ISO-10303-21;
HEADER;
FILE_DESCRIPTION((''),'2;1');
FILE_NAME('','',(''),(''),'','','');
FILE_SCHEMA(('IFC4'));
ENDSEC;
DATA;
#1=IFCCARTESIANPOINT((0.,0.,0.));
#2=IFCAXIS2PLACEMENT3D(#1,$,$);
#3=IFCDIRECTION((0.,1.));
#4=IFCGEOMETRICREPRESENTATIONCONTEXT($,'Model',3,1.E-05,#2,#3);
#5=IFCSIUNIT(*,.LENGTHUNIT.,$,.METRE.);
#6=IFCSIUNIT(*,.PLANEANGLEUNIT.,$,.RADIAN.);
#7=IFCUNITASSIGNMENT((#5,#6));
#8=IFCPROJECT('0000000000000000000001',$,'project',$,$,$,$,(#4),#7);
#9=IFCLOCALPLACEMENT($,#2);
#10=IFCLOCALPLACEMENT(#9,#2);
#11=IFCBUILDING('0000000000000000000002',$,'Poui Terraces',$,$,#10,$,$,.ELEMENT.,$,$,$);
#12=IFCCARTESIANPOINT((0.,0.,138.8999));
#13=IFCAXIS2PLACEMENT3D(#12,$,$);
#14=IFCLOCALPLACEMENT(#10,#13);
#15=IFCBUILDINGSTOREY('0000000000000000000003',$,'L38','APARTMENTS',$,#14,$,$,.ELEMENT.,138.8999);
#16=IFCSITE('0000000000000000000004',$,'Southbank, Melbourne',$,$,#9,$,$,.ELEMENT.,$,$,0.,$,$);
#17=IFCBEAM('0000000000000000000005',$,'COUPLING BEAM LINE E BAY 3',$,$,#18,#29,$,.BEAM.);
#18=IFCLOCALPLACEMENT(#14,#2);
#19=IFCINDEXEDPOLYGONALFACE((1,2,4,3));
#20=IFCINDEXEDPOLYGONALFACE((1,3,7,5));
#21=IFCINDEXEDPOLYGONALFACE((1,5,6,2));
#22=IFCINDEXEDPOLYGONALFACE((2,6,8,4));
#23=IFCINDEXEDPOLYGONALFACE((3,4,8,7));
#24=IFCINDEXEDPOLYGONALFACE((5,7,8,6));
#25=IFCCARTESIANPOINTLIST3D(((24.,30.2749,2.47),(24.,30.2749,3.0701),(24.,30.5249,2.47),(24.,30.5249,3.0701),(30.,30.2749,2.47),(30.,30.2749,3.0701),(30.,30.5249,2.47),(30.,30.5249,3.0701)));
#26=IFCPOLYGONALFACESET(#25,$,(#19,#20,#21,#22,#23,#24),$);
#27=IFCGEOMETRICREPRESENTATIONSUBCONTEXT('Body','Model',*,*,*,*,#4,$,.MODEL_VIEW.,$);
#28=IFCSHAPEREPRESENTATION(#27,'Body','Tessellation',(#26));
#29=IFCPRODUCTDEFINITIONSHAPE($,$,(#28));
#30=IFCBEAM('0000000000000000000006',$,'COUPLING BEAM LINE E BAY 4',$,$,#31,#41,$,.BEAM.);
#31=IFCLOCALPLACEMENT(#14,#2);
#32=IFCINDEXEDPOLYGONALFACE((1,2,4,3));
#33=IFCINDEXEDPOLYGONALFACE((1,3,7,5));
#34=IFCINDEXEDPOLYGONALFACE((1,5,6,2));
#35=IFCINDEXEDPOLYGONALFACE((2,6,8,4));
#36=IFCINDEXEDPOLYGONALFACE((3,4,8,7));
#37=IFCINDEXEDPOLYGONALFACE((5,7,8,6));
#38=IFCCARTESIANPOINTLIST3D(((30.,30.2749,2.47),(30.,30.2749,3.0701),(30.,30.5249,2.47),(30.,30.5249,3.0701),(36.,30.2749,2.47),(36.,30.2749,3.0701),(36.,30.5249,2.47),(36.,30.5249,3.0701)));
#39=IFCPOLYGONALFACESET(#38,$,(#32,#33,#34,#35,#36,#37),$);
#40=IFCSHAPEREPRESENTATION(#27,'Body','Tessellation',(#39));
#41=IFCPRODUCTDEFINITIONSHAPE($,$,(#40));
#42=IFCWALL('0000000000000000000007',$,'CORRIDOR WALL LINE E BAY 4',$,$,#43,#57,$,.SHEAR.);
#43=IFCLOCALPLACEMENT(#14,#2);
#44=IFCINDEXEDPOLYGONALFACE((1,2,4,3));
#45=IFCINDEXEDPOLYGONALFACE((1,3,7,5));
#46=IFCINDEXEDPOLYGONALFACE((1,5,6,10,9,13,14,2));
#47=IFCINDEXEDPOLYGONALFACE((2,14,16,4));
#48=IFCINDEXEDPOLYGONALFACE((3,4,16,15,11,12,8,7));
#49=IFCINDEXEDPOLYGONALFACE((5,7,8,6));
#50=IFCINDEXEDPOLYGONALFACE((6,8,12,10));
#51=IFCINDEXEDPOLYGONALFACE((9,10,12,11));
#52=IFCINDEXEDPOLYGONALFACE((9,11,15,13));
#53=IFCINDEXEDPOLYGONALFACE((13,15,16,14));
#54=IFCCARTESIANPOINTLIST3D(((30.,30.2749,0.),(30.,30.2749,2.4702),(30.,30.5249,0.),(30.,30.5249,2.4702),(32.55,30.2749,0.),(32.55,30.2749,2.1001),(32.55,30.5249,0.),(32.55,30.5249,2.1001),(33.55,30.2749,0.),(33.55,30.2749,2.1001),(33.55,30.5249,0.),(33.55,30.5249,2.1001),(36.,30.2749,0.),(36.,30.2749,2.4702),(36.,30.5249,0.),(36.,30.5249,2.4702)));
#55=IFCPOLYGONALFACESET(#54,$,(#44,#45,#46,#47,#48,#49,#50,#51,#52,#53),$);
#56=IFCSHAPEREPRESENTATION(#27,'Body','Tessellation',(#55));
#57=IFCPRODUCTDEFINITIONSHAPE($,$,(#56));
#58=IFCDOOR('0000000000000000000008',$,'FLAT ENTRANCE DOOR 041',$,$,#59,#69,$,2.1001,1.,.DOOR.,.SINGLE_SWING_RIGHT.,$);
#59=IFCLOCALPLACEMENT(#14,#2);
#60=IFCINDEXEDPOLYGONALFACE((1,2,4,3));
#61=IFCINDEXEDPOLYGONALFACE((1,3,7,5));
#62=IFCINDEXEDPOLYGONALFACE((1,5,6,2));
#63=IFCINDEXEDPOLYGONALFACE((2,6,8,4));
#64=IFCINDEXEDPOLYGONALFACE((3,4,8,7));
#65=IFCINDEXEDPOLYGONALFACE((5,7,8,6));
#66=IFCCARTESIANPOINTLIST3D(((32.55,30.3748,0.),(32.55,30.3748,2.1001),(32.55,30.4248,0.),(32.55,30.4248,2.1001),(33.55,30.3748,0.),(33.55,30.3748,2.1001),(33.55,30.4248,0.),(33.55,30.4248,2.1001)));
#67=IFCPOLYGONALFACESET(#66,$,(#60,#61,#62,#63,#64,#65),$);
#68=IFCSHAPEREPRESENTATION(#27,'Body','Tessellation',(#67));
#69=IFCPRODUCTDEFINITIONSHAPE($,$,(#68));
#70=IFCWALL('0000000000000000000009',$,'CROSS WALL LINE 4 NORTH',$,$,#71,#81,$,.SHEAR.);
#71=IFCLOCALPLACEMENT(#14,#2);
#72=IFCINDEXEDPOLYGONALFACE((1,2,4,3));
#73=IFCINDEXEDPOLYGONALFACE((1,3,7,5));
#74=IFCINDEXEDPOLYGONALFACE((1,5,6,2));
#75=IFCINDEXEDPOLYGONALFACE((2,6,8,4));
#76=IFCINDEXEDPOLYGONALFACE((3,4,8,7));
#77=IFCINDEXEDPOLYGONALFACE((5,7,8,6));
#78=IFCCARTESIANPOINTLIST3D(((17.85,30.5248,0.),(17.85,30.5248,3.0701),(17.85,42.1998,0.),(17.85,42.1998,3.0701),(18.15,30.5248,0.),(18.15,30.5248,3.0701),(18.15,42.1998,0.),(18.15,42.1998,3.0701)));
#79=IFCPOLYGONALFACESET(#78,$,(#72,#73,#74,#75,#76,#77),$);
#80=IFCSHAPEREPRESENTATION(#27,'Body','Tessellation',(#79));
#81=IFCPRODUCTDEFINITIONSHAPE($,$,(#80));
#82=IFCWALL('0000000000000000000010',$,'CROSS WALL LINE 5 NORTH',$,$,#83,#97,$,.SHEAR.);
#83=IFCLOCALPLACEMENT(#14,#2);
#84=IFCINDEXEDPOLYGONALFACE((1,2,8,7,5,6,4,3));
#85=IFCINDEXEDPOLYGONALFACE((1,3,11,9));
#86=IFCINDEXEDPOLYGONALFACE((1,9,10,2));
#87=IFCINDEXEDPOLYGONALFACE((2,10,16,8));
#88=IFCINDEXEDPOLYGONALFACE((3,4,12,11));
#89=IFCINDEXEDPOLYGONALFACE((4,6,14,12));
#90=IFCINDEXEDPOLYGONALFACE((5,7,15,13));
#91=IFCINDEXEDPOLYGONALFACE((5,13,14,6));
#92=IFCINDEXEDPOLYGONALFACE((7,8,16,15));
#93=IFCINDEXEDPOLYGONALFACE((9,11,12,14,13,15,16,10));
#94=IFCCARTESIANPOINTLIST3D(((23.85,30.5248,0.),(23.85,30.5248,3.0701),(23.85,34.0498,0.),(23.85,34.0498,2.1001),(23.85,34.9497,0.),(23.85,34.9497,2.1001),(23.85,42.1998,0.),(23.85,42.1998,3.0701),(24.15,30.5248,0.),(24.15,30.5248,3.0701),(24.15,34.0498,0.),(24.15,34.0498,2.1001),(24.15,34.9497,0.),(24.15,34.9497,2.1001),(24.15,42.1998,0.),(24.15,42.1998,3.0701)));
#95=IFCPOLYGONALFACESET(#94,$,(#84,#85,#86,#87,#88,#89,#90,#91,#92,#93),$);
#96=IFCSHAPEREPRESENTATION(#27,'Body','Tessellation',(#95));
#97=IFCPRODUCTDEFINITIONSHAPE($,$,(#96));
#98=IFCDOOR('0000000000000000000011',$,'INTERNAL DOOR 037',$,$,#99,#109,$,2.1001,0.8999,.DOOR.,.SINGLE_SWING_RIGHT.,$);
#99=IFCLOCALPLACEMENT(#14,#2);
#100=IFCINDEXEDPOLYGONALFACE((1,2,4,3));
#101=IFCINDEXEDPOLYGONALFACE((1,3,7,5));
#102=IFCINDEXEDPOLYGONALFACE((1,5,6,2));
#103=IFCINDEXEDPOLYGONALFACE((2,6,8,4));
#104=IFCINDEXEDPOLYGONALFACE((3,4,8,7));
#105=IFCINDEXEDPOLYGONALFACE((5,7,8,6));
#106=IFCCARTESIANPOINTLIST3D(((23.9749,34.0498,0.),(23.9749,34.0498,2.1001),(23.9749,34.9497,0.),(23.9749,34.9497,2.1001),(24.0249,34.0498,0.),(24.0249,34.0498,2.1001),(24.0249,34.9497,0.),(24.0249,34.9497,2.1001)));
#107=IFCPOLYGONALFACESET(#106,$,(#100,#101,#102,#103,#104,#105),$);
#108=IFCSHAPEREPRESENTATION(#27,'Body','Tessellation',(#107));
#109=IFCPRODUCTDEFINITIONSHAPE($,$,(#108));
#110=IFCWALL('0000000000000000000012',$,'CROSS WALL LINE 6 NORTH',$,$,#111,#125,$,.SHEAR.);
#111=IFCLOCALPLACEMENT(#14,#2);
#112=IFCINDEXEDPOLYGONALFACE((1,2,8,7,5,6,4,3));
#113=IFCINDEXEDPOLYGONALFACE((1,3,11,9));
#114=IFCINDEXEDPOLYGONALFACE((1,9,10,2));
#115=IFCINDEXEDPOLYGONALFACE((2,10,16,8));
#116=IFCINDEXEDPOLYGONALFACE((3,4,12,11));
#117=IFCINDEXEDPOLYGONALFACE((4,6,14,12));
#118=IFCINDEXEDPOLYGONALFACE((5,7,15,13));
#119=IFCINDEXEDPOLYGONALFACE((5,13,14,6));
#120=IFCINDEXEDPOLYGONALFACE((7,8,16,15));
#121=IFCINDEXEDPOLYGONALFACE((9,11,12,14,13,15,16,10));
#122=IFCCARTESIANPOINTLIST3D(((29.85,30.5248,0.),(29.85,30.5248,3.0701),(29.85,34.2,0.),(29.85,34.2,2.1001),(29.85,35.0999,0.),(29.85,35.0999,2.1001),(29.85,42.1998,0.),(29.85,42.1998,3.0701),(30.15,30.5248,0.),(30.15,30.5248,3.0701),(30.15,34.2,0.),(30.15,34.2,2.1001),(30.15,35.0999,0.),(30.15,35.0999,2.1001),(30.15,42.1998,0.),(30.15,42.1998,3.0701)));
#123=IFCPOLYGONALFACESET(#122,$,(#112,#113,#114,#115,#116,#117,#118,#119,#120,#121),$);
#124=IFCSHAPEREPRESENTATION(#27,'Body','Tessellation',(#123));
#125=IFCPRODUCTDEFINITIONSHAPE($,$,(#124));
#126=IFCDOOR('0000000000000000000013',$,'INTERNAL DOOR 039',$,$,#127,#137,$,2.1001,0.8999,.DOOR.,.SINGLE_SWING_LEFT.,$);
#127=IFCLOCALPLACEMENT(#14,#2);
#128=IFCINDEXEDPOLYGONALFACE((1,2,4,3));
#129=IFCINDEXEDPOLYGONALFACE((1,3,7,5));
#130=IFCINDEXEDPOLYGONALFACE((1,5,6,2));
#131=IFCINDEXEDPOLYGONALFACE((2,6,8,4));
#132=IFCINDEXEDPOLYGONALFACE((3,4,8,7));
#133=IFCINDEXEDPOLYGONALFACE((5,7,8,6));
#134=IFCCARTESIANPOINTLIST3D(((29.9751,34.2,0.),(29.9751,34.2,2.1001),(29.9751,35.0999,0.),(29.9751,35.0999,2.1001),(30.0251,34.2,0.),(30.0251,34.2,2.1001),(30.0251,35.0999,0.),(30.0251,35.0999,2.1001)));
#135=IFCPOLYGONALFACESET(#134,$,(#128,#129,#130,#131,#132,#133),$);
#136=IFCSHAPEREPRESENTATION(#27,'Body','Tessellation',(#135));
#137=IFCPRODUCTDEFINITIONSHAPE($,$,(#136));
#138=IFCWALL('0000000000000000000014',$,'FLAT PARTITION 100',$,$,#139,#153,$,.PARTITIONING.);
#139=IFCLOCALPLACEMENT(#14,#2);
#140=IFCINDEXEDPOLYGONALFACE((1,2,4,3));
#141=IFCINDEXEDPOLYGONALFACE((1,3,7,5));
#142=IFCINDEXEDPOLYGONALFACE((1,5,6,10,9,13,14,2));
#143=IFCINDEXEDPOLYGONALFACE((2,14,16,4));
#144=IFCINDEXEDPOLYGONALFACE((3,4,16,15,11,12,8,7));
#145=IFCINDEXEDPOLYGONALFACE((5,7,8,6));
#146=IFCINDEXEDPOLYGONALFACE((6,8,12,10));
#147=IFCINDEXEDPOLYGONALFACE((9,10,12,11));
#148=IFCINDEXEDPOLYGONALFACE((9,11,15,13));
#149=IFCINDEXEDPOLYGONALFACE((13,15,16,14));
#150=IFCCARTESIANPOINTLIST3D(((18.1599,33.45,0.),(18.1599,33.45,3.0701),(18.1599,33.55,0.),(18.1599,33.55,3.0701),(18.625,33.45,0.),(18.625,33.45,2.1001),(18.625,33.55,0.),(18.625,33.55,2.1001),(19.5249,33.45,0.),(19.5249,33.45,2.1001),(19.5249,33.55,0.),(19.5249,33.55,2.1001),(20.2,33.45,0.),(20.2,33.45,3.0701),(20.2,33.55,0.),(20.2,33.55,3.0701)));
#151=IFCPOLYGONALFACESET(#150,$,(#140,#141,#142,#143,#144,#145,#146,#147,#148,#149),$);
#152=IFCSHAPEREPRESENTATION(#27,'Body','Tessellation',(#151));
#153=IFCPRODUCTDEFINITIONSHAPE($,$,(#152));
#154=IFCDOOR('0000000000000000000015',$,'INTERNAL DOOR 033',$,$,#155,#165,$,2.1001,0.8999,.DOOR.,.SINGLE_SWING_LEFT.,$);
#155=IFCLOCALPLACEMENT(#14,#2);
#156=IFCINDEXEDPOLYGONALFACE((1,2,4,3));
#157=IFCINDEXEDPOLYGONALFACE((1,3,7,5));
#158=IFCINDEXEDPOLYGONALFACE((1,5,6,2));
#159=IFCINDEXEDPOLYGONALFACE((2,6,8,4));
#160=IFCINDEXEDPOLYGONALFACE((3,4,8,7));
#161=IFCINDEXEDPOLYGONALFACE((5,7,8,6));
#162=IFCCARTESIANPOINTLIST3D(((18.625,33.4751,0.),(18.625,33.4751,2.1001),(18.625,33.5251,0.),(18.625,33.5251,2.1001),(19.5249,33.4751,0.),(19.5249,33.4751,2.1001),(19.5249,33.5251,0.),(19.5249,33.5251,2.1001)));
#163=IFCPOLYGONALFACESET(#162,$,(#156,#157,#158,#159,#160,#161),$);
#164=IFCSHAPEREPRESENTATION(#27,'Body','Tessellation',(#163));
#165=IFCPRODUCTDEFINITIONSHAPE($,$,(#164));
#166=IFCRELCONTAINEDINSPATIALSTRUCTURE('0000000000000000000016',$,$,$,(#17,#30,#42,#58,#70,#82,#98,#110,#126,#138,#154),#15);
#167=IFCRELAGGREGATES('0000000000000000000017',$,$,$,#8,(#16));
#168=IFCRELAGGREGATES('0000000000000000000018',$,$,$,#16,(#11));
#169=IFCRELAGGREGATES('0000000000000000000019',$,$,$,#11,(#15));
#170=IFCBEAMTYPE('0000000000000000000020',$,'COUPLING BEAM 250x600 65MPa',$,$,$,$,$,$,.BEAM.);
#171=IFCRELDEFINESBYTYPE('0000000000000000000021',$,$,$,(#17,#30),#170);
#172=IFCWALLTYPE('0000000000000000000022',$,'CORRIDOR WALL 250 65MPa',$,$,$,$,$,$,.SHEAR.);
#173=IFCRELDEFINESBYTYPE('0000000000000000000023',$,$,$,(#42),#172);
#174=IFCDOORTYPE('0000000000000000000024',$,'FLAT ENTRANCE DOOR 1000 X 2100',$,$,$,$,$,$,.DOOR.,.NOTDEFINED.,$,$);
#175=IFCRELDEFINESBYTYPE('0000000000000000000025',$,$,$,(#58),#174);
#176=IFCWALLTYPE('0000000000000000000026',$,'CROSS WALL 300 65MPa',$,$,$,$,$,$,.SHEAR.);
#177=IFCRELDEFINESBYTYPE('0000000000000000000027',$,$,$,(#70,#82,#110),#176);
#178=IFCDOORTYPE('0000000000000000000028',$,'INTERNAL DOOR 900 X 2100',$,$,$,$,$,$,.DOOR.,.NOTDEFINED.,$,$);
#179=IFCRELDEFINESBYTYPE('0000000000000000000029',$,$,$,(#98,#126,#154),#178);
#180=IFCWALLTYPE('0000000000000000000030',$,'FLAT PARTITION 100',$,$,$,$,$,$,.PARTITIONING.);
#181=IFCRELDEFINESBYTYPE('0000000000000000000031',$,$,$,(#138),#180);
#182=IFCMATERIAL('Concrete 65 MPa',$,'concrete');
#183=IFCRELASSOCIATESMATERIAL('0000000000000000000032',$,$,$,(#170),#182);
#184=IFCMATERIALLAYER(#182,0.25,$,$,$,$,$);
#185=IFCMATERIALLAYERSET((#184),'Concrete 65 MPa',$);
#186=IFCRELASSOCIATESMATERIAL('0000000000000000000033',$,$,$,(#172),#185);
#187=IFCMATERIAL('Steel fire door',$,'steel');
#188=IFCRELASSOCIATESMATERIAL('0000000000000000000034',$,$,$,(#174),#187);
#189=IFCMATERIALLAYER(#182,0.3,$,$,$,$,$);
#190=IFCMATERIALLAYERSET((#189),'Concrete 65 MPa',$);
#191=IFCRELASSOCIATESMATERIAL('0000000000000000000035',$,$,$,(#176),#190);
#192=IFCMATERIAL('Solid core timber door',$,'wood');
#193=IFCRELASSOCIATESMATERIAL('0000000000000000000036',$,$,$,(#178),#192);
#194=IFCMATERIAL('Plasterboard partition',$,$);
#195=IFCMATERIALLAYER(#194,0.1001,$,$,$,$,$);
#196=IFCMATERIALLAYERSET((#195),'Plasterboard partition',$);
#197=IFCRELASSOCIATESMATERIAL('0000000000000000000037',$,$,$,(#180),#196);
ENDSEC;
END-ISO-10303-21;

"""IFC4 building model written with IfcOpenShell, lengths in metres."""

from ifc_helpers import new_model, si_unit, direction, frame, frame_2d, origin, origin_2d, place, context, subcontext, project, spatial, rectangle, extrude, source, transform, mapped, material, layer, layer_set, material_profile, profile_set, type_object, element, fill, save


model = new_model("IFC4")

# Units and contexts
model_context = context("Model", 3, precision=1e-05, world=origin(), true_north=direction((0.0, 1.0)))
body_context = subcontext(model_context, "Body", "Model", "MODEL_VIEW")
ifc_project = project(units=[si_unit("LENGTHUNIT", "METRE"), si_unit("PLANEANGLEUNIT", "RADIAN")], contexts=[model_context])

# Site, building, storey
site_placement = place(None, origin())
site = spatial("IfcSite", under=ifc_project, at=site_placement, Name="Southbank, Melbourne", CompositionType="ELEMENT", RefElevation=0.0)
building_placement = place(site_placement, origin())
building = spatial("IfcBuilding", under=site, at=building_placement, Name="Poui Terraces", CompositionType="ELEMENT")
storey_placement = place(building_placement, frame((0.0, 0.0, 138.8999)))
storey = spatial("IfcBuildingStorey", under=building, at=storey_placement, Name="L38", Description="APARTMENTS", CompositionType="ELEMENT", Elevation=138.8999)

# Beams
ifc_material_1 = material(Name="Concrete 65 MPa", Category="concrete")
ifc_material_profile_1 = material_profile(ifc_material_1, rectangle(XDim=0.25, YDim=0.6001, at=origin_2d()), Name="RC 250x600")
ifc_profile_set_1 = profile_set([ifc_material_profile_1], Name="Concrete 65 MPa")
beam_type = type_object("IfcBeamType", Name="COUPLING BEAM 250x600 65MPa", PredefinedType="BEAM", material=ifc_profile_set_1)
shared_shape_1 = source(origin(), body_context, "Body", "SweptSolid", [
    extrude(rectangle(XDim=0.25, YDim=0.6001, at=origin_2d()), origin(), (0.0, 0.0, 1.0), 6.0),
])
for number, where, z_axis, x_axis, name in (
    (1, (24.0, 30.3999, 2.77), (1.0, 0.0, 0.0), (0.0, 1.0, 0.0), "COUPLING BEAM LINE E BAY 3"),
    (2, (30.0, 30.3999, 2.77), (1.0, 0.0, 0.0), (0.0, 1.0, 0.0), "COUPLING BEAM LINE E BAY 4"),
):
    element("IfcBeam", number, at=place(storey_placement, frame(where, z_axis=z_axis, x_axis=x_axis)), inside=storey, type_object=beam_type, Name=name, PredefinedType="BEAM", context=body_context, shape_type="MappedRepresentation", body=[
        mapped(shared_shape_1, transform((0.0, 0.0, 0.0))),
    ])

# Wall, opening, door
ifc_layer_1 = layer(ifc_material_1, 0.25)
ifc_layer_set_1 = layer_set([ifc_layer_1], Name="Concrete 65 MPa")
wall_type_1 = type_object("IfcWallType", Name="CORRIDOR WALL 250 65MPa", PredefinedType="SHEAR", material=ifc_layer_set_1)
wall_1_placement = place(storey_placement, frame((30.0, 30.3999, 0.0), z_axis=(0.0, 0.0, 1.0), x_axis=(1.0, 0.0, 0.0)))
wall_1 = element("IfcWall", 3, at=wall_1_placement, inside=storey, type_object=wall_type_1, Name="CORRIDOR WALL LINE E BAY 4", PredefinedType="SHEAR", context=body_context, shape_type="SweptSolid", body=[
    extrude(rectangle(XDim=6.0, YDim=0.25, at=frame_2d((3.0, 0.0))), origin(), (0.0, 0.0, 1.0), 2.4702),
])
opening_1_placement = place(wall_1_placement, frame((2.55, 0.0, 0.0)))
opening_1 = element("IfcOpeningElement", 4, at=opening_1_placement, cuts=wall_1, PredefinedType="OPENING", context=body_context, shape_type="SweptSolid", body=[
    extrude(rectangle(XDim=1.0, YDim=2.1001, at=frame_2d((0.5, 1.05))), frame((0.0, 0.135, 0.0), z_axis=(0.0, -1.0, 0.0), x_axis=(1.0, 0.0, 0.0)), (0.0, 0.0, 1.0), 0.27),
])
ifc_material_2 = material(Name="Steel fire door", Category="steel")
door_type_1 = type_object("IfcDoorType", Name="FLAT ENTRANCE DOOR 1000 X 2100", OperationType="NOTDEFINED", PredefinedType="DOOR", material=ifc_material_2)
door_1_placement = place(opening_1_placement, origin())
door_1 = element("IfcDoor", 5, at=door_1_placement, inside=storey, type_object=door_type_1, Name="FLAT ENTRANCE DOOR 041", OperationType="SINGLE_SWING_RIGHT", OverallHeight=2.1001, OverallWidth=1.0, PredefinedType="DOOR", context=body_context, shape_type="SweptSolid", body=[
    extrude(rectangle(XDim=1.0, YDim=2.1001, at=frame_2d((0.5, 1.05))), frame((0.0, 0.0249, 0.0), z_axis=(0.0, -1.0, 0.0), x_axis=(1.0, 0.0, 0.0)), (0.0, 0.0, 1.0), 0.05),
])
fill(opening_1, door_1)

# Wall
ifc_layer_2 = layer(ifc_material_1, 0.3)
ifc_layer_set_2 = layer_set([ifc_layer_2], Name="Concrete 65 MPa")
wall_type_2 = type_object("IfcWallType", Name="CROSS WALL 300 65MPa", PredefinedType="SHEAR", material=ifc_layer_set_2)
wall_2_placement = place(storey_placement, frame((18.0, 30.5249, 0.0), z_axis=(0.0, 0.0, 1.0), x_axis=(0.0, 1.0, 0.0)))
element("IfcWall", 6, at=wall_2_placement, inside=storey, type_object=wall_type_2, Name="CROSS WALL LINE 4 NORTH", PredefinedType="SHEAR", context=body_context, shape_type="SweptSolid", body=[
    extrude(rectangle(XDim=11.675, YDim=0.3, at=frame_2d((5.8374, 0.0))), origin(), (0.0, 0.0, 1.0), 3.0701),
])

# Walls, openings, doors
wall_3_placement = place(storey_placement, frame((24.0, 30.5249, 0.0), z_axis=(0.0, 0.0, 1.0), x_axis=(0.0, 1.0, 0.0)))
wall_3 = element("IfcWall", 7, at=wall_3_placement, inside=storey, type_object=wall_type_2, Name="CROSS WALL LINE 5 NORTH", PredefinedType="SHEAR", context=body_context, shape_type="SweptSolid", body=[
    extrude(rectangle(XDim=11.675, YDim=0.3, at=frame_2d((5.8374, 0.0))), origin(), (0.0, 0.0, 1.0), 3.0701),
])
opening_2_placement = place(wall_3_placement, frame((3.5249, 0.0, 0.0)))
opening_2 = element("IfcOpeningElement", 8, at=opening_2_placement, cuts=wall_3, PredefinedType="OPENING", context=body_context, shape_type="SweptSolid", body=[
    extrude(rectangle(XDim=0.8999, YDim=2.1001, at=frame_2d((0.45, 1.05))), frame((0.0, 0.1602, 0.0), z_axis=(0.0, -1.0, 0.0), x_axis=(1.0, 0.0, 0.0)), (0.0, 0.0, 1.0), 0.3201),
])
ifc_material_3 = material(Name="Solid core timber door", Category="wood")
door_type_2 = type_object("IfcDoorType", Name="INTERNAL DOOR 900 X 2100", OperationType="NOTDEFINED", PredefinedType="DOOR", material=ifc_material_3)
door_2_placement = place(opening_2_placement, frame((0.8999, 0.0, 0.0), z_axis=(0.0, 0.0, 1.0), x_axis=(-1.0, 0.0, 0.0)))
door_2 = element("IfcDoor", 9, at=door_2_placement, inside=storey, type_object=door_type_2, Name="INTERNAL DOOR 037", OperationType="SINGLE_SWING_RIGHT", OverallHeight=2.1001, OverallWidth=0.8999, PredefinedType="DOOR", context=body_context, shape_type="SweptSolid", body=[
    extrude(rectangle(XDim=0.8999, YDim=2.1001, at=frame_2d((0.45, 1.05))), frame((0.0, 0.0249, 0.0), z_axis=(0.0, -1.0, 0.0), x_axis=(1.0, 0.0, 0.0)), (0.0, 0.0, 1.0), 0.05),
])
fill(opening_2, door_2)
wall_4_placement = place(storey_placement, frame((30.0, 30.5249, 0.0), z_axis=(0.0, 0.0, 1.0), x_axis=(0.0, 1.0, 0.0)))
wall_4 = element("IfcWall", 10, at=wall_4_placement, inside=storey, type_object=wall_type_2, Name="CROSS WALL LINE 6 NORTH", PredefinedType="SHEAR", context=body_context, shape_type="SweptSolid", body=[
    extrude(rectangle(XDim=11.675, YDim=0.3, at=frame_2d((5.8374, 0.0))), origin(), (0.0, 0.0, 1.0), 3.0701),
])
opening_3_placement = place(wall_4_placement, frame((3.675, 0.0, 0.0)))
opening_3 = element("IfcOpeningElement", 11, at=opening_3_placement, cuts=wall_4, PredefinedType="OPENING", context=body_context, shape_type="SweptSolid", body=[
    extrude(rectangle(XDim=0.8999, YDim=2.1001, at=frame_2d((0.45, 1.05))), frame((0.0, 0.1602, 0.0), z_axis=(0.0, -1.0, 0.0), x_axis=(1.0, 0.0, 0.0)), (0.0, 0.0, 1.0), 0.3201),
])
door_3_placement = place(opening_3_placement, origin())
door_3 = element("IfcDoor", 12, at=door_3_placement, inside=storey, type_object=door_type_2, Name="INTERNAL DOOR 039", OperationType="SINGLE_SWING_LEFT", OverallHeight=2.1001, OverallWidth=0.8999, PredefinedType="DOOR", context=body_context, shape_type="SweptSolid", body=[
    extrude(rectangle(XDim=0.8999, YDim=2.1001, at=frame_2d((0.45, 1.05))), frame((0.0, 0.0249, 0.0), z_axis=(0.0, -1.0, 0.0), x_axis=(1.0, 0.0, 0.0)), (0.0, 0.0, 1.0), 0.05),
])
fill(opening_3, door_3)
ifc_material_4 = material(Name="Plasterboard partition")
ifc_layer_3 = layer(ifc_material_4, 0.1001)
ifc_layer_set_3 = layer_set([ifc_layer_3], Name="Plasterboard partition")
wall_type_3 = type_object("IfcWallType", Name="FLAT PARTITION 100", PredefinedType="PARTITIONING", material=ifc_layer_set_3)
wall_5_placement = place(storey_placement, frame((18.1599, 33.5, 0.0), z_axis=(0.0, 0.0, 1.0), x_axis=(1.0, 0.0, 0.0)))
wall_5 = element("IfcWall", 13, at=wall_5_placement, inside=storey, type_object=wall_type_3, Name="FLAT PARTITION 100", PredefinedType="PARTITIONING", context=body_context, shape_type="SweptSolid", body=[
    extrude(rectangle(XDim=2.04, YDim=0.1001, at=frame_2d((1.02, 0.0))), origin(), (0.0, 0.0, 1.0), 3.0701),
])
opening_4_placement = place(wall_5_placement, frame((0.4651, 0.0, 0.0)))
opening_4 = element("IfcOpeningElement", 14, at=opening_4_placement, cuts=wall_5, PredefinedType="OPENING", context=body_context, shape_type="SweptSolid", body=[
    extrude(rectangle(XDim=0.8999, YDim=2.1001, at=frame_2d((0.45, 1.05))), frame((0.0, 0.0601, 0.0), z_axis=(0.0, -1.0, 0.0), x_axis=(1.0, 0.0, 0.0)), (0.0, 0.0, 1.0), 0.1201),
])
door_4_placement = place(opening_4_placement, frame((0.8999, 0.0, 0.0), z_axis=(0.0, 0.0, 1.0), x_axis=(-1.0, 0.0, 0.0)))
door_4 = element("IfcDoor", 15, at=door_4_placement, inside=storey, type_object=door_type_2, Name="INTERNAL DOOR 033", OperationType="SINGLE_SWING_LEFT", OverallHeight=2.1001, OverallWidth=0.8999, PredefinedType="DOOR", context=body_context, shape_type="SweptSolid", body=[
    extrude(rectangle(XDim=0.8999, YDim=2.1001, at=frame_2d((0.45, 1.05))), frame((0.0, 0.0249, 0.0), z_axis=(0.0, -1.0, 0.0), x_axis=(1.0, 0.0, 0.0)), (0.0, 0.0, 1.0), 0.05),
])
fill(opening_4, door_4)

save(model, "model.ifc")
